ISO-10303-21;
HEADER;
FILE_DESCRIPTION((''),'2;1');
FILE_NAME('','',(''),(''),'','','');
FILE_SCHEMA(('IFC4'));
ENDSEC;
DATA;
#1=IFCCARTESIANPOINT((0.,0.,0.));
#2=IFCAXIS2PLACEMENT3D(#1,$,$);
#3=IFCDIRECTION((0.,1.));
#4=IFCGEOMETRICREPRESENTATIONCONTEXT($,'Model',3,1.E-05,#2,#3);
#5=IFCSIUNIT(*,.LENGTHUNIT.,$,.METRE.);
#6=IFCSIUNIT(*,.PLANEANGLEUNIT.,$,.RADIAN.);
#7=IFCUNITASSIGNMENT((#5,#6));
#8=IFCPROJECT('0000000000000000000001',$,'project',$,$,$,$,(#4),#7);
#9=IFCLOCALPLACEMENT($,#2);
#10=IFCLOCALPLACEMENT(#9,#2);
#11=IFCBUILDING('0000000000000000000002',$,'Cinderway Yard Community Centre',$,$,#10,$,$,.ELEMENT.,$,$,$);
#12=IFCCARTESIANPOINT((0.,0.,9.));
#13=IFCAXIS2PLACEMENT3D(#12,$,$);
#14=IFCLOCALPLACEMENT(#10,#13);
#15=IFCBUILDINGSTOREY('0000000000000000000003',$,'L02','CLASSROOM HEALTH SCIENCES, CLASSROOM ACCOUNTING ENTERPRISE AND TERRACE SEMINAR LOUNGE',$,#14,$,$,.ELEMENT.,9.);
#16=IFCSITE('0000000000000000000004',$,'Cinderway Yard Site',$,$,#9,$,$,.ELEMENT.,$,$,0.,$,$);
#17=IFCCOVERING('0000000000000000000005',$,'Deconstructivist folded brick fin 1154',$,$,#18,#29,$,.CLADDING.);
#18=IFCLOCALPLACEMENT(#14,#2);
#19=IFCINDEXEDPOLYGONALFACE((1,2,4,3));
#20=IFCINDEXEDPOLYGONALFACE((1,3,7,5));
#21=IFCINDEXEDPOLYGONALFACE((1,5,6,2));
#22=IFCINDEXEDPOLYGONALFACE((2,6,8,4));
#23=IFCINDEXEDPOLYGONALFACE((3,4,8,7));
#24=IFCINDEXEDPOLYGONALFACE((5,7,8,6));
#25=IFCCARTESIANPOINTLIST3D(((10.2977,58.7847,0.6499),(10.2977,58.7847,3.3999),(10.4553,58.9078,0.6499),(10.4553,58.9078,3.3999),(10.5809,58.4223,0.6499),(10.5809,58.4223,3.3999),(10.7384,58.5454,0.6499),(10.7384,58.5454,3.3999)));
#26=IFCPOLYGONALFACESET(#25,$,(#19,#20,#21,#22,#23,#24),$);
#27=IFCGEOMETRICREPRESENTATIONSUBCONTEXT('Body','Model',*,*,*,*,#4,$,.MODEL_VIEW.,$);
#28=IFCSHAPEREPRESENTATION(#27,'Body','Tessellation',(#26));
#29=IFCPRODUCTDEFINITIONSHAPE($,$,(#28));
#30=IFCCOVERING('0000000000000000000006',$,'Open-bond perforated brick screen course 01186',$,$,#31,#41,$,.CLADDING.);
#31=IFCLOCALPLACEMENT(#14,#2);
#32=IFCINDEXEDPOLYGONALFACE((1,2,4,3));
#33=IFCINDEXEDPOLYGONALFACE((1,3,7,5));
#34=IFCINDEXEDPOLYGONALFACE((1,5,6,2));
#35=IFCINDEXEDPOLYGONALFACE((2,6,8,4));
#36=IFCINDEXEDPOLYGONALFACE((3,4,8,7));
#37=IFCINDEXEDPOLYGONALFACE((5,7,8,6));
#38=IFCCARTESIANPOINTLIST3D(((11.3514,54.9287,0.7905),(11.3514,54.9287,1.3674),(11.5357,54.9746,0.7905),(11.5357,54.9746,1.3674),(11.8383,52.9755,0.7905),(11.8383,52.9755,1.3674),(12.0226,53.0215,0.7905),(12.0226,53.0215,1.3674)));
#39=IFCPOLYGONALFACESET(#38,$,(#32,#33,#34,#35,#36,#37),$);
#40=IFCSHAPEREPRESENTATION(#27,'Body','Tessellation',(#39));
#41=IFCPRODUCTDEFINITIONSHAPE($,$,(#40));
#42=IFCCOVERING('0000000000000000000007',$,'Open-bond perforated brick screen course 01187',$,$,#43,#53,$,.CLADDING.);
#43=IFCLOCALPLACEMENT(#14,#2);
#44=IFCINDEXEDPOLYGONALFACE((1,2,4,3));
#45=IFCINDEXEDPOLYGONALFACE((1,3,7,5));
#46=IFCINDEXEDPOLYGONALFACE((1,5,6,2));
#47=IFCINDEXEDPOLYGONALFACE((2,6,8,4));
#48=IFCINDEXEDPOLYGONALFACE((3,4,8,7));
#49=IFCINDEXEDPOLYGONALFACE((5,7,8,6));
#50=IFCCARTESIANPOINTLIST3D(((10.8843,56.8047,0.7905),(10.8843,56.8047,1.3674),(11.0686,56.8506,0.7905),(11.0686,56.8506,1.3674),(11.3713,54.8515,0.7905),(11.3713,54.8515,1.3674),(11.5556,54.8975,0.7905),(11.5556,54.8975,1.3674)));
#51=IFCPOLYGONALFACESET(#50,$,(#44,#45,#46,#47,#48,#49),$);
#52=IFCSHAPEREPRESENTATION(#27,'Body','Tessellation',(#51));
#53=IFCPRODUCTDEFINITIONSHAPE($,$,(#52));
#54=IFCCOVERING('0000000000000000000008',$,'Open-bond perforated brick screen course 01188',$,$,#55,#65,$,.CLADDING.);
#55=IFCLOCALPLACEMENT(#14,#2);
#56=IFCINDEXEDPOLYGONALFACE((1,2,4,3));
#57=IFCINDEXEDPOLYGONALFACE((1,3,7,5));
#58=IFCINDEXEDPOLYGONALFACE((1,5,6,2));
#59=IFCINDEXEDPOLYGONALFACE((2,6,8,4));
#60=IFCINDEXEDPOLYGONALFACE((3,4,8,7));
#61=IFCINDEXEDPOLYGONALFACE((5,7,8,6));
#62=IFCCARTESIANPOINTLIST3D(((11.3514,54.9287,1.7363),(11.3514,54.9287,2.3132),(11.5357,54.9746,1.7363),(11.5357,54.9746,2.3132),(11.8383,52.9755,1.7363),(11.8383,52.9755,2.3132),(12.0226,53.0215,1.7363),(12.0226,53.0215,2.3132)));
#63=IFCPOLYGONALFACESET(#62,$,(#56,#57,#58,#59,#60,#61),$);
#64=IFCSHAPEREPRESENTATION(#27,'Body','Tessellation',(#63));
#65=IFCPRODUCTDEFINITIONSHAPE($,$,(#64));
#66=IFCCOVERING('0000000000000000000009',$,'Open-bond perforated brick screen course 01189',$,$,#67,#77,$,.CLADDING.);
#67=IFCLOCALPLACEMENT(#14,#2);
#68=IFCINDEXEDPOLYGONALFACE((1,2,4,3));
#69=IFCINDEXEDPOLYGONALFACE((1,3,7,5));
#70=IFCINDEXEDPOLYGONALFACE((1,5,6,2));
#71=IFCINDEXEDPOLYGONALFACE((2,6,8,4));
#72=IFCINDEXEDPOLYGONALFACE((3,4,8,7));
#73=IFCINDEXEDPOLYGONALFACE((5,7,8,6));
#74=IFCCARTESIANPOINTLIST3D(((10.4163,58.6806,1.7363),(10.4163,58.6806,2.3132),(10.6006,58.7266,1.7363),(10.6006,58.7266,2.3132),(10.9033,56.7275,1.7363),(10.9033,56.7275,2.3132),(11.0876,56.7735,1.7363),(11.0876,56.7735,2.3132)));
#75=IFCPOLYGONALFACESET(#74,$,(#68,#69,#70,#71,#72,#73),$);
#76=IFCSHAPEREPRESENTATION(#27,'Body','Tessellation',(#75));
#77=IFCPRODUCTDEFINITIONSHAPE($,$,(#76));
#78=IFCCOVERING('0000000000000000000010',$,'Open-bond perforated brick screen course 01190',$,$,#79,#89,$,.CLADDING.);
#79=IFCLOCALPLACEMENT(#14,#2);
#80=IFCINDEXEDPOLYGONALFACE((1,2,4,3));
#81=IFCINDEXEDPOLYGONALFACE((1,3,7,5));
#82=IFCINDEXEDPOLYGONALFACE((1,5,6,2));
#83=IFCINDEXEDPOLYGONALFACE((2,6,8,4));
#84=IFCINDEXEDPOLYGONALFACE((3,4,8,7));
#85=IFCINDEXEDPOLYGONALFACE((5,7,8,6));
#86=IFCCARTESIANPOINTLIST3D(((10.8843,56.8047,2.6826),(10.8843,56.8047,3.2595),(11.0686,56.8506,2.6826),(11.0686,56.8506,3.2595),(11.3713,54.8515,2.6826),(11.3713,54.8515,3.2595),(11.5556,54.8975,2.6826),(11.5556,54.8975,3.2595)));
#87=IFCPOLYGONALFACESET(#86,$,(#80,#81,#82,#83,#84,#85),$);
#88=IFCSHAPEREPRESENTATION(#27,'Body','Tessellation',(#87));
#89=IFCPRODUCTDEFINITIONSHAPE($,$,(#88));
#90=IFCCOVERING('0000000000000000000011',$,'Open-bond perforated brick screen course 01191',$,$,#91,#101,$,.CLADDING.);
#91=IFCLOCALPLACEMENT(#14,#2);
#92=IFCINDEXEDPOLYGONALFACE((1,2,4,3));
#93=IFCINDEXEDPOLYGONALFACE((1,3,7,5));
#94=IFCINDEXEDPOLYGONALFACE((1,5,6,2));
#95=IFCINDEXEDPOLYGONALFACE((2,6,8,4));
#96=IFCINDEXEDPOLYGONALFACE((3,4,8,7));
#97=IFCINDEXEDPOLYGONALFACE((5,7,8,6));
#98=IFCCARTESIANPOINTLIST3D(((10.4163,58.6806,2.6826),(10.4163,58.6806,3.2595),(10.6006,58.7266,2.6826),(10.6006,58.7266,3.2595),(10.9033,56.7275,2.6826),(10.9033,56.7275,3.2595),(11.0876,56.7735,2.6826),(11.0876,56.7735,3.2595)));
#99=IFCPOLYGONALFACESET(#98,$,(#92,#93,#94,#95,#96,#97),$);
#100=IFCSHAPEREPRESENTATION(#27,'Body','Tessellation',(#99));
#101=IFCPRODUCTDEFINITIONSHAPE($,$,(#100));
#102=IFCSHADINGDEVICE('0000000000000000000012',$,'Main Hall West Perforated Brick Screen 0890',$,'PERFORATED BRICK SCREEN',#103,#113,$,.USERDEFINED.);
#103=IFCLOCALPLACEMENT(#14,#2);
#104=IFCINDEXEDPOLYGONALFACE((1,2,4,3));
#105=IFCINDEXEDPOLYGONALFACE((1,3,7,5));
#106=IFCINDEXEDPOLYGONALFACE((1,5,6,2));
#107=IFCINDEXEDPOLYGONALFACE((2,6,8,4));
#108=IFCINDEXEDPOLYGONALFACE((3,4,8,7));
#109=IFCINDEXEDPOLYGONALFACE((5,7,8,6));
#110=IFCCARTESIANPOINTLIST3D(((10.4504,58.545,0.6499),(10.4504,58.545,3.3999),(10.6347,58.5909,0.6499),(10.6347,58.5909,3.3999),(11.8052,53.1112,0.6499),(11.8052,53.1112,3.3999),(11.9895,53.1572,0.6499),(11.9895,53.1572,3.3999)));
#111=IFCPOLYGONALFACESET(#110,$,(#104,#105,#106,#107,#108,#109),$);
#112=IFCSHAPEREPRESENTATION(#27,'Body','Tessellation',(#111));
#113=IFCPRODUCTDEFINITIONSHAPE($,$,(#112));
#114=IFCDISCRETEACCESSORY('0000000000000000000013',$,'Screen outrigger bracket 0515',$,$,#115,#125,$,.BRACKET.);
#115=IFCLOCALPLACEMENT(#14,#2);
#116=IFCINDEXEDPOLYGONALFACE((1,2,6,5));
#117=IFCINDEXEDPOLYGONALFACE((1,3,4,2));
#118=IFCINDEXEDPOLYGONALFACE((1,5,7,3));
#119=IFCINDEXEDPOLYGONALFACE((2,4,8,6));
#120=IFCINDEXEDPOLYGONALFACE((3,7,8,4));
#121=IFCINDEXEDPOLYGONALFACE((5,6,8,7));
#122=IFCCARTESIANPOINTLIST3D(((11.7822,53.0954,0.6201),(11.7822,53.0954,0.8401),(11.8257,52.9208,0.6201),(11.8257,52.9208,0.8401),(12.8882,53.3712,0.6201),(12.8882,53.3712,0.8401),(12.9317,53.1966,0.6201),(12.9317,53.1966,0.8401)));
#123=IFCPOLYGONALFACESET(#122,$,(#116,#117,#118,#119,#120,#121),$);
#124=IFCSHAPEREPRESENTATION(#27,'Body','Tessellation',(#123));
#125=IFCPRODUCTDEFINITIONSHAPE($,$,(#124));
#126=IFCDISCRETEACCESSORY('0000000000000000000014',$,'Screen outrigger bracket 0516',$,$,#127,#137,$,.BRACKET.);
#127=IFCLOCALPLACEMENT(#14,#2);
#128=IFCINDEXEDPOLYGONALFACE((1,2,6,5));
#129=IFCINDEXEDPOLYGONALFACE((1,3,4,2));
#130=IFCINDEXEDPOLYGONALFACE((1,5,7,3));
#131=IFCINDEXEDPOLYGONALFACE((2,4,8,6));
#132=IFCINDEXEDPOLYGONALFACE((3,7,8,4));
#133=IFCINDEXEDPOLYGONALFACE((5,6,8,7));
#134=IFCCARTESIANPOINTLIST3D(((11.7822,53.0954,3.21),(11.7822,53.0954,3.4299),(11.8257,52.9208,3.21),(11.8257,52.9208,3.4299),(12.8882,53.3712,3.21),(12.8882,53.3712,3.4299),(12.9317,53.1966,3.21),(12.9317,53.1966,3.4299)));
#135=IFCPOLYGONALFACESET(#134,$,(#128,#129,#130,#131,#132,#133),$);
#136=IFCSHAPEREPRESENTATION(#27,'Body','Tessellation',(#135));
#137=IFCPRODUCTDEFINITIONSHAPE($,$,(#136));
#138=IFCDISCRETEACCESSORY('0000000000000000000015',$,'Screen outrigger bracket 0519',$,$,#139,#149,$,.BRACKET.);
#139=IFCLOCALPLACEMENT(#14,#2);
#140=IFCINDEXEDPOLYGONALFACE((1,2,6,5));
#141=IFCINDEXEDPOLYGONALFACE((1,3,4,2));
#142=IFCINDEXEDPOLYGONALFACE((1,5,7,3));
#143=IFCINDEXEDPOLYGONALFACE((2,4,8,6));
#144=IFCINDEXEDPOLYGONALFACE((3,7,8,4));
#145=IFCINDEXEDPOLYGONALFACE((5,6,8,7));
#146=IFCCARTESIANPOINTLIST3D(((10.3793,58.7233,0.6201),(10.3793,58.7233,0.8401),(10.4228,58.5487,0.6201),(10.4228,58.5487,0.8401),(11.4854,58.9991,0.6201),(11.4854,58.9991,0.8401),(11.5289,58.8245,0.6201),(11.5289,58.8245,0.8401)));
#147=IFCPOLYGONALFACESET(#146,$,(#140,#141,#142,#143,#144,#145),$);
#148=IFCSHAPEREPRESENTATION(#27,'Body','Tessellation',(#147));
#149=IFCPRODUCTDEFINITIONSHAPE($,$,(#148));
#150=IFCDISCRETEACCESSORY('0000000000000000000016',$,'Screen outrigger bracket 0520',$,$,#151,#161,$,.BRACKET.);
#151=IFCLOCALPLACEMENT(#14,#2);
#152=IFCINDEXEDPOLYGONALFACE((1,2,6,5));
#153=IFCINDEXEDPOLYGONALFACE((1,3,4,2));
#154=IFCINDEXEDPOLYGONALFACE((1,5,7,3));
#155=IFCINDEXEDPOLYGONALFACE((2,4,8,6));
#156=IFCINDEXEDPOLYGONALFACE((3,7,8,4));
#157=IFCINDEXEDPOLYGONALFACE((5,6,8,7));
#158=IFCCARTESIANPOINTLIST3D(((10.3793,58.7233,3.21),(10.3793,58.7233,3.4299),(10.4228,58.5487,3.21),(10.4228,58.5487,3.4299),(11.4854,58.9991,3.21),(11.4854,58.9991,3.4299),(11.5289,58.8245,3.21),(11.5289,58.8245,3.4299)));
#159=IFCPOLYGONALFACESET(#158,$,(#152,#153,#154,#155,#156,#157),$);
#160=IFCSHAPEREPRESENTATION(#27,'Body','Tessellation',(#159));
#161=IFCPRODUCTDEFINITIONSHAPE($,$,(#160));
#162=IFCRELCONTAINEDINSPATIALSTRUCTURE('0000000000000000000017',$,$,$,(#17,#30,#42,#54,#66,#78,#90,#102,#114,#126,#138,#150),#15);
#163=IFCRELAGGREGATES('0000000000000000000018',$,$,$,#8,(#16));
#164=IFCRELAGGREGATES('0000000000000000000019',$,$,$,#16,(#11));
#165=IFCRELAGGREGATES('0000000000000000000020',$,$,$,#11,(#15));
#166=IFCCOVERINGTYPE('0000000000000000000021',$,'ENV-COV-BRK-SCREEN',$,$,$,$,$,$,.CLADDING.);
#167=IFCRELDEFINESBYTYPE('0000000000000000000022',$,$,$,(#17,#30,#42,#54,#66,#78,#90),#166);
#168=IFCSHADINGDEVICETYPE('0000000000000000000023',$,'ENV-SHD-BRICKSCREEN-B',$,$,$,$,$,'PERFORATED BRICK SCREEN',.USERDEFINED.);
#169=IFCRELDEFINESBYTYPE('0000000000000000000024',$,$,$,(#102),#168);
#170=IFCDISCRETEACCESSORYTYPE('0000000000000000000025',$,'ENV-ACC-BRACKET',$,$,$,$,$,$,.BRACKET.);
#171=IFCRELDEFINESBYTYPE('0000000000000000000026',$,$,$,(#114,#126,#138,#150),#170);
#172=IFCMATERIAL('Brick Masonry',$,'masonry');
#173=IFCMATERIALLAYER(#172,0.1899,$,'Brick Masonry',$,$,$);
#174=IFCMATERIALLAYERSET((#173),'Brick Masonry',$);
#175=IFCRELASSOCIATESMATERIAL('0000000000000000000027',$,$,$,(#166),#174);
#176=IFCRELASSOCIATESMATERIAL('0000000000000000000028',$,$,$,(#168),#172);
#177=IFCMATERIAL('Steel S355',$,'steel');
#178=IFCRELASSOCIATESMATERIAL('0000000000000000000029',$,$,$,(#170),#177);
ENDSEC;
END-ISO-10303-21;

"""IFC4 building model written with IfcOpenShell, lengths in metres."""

from ifc_helpers import new_model, si_unit, direction, frame, origin, origin_2d, place, context, subcontext, project, spatial, rectangle, extrude, material, layer, layer_set, type_object, element, save


model = new_model("IFC4")

# Units and contexts
model_context = context("Model", 3, precision=1e-05, world=origin(), true_north=direction((0.0, 1.0)))
body_context = subcontext(model_context, "Body", "Model", "MODEL_VIEW")
ifc_project = project(units=[si_unit("LENGTHUNIT", "METRE"), si_unit("PLANEANGLEUNIT", "RADIAN")], contexts=[model_context])

# Site, building, storey
site_placement = place(None, origin())
site = spatial("IfcSite", under=ifc_project, at=site_placement, Name="Cinderway Yard Site", CompositionType="ELEMENT", RefElevation=0.0)
building_placement = place(site_placement, origin())
building = spatial("IfcBuilding", under=site, at=building_placement, Name="Cinderway Yard Community Centre", CompositionType="ELEMENT")
storey_placement = place(building_placement, frame((0.0, 0.0, 9.0)))
storey = spatial("IfcBuildingStorey", under=building, at=storey_placement, Name="L02", Description="CLASSROOM HEALTH SCIENCES, CLASSROOM ACCOUNTING ENTERPRISE AND TERRACE SEMINAR LOUNGE", CompositionType="ELEMENT", Elevation=9.0)

# Shared definitions
ifc_material_1 = material(Name="Steel S355", Category="steel")

# Shared definitions
ifc_material_2 = material(Name="Brick Masonry", Category="masonry")

# Coverings
ifc_layer_1 = layer(ifc_material_2, 0.1899, Name="Brick Masonry")
ifc_layer_set_1 = layer_set([ifc_layer_1], Name="Brick Masonry")
covering_type = type_object("IfcCoveringType", Name="ENV-COV-BRK-SCREEN", PredefinedType="CLADDING", material=ifc_layer_set_1)
for number, where, z_axis, x_axis, name in (
    (1, (10.5181, 58.665, 0.6499), (0.0, 0.0, 1.0), (-0.615661, 0.788011, 0.0), "Deconstructivist folded brick fin 1154"),
):
    element("IfcCovering", number, at=place(storey_placement, frame(where, z_axis=z_axis, x_axis=x_axis)), inside=storey, type_object=covering_type, Name=name, PredefinedType="CLADDING", context=body_context, shape_type="SweptSolid", body=[
        extrude(rectangle(XDim=0.46, YDim=0.2, at=origin_2d()), origin(), (0.0, 0.0, 1.0), 2.75),
    ])
for number, where, z_axis, x_axis, name in (
    (2, (11.687, 53.9751, 0.7905), (0.0, 0.0, 1.0), (-0.241922, 0.970296, 0.0), "Open-bond perforated brick screen course 01186"),
    (3, (11.22, 55.8511, 0.7905), (0.0, 0.0, 1.0), (-0.241922, 0.970296, 0.0), "Open-bond perforated brick screen course 01187"),
    (4, (11.687, 53.9751, 1.7363), (0.0, 0.0, 1.0), (-0.241922, 0.970296, 0.0), "Open-bond perforated brick screen course 01188"),
    (5, (10.752, 57.7271, 1.7363), (0.0, 0.0, 1.0), (-0.241922, 0.970296, 0.0), "Open-bond perforated brick screen course 01189"),
    (6, (11.22, 55.8511, 2.6826), (0.0, 0.0, 1.0), (-0.241922, 0.970296, 0.0), "Open-bond perforated brick screen course 01190"),
    (7, (10.752, 57.7271, 2.6826), (0.0, 0.0, 1.0), (-0.241922, 0.970296, 0.0), "Open-bond perforated brick screen course 01191"),
):
    element("IfcCovering", number, at=place(storey_placement, frame(where, z_axis=z_axis, x_axis=x_axis)), inside=storey, type_object=covering_type, Name=name, PredefinedType="CLADDING", context=body_context, shape_type="SweptSolid", body=[
        extrude(rectangle(XDim=2.0129, YDim=0.1899, at=origin_2d()), origin(), (0.0, 0.0, 1.0), 0.5769),
    ])

# Shading device
shading_device_type = type_object("IfcShadingDeviceType", Name="ENV-SHD-BRICKSCREEN-B", ElementType="PERFORATED BRICK SCREEN", PredefinedType="USERDEFINED", material=ifc_material_2)
shading_device_placement = place(storey_placement, frame((11.22, 55.8511, 0.6499), z_axis=(0.0, 0.0, 1.0), x_axis=(-0.241922, 0.970296, 0.0)))
element("IfcShadingDevice", 8, at=shading_device_placement, inside=storey, type_object=shading_device_type, Name="Main Hall West Perforated Brick Screen 0890", ObjectType="PERFORATED BRICK SCREEN", PredefinedType="USERDEFINED", context=body_context, shape_type="SweptSolid", body=[
    extrude(rectangle(XDim=5.6001, YDim=0.1899, at=origin_2d()), origin(), (0.0, 0.0, 1.0), 2.75),
])

# Discrete accessories
discrete_accessory_type = type_object("IfcDiscreteAccessoryType", Name="ENV-ACC-BRACKET", PredefinedType="BRACKET", material=ifc_material_1)
for number, where, z_axis, x_axis, name in (
    (9, (12.3569, 53.146, 0.6201), (0.0, 0.0, 1.0), (-0.970296, -0.241922, 0.0), "Screen outrigger bracket 0515"),
    (10, (12.3569, 53.146, 3.21), (0.0, 0.0, 1.0), (-0.970296, -0.241922, 0.0), "Screen outrigger bracket 0516"),
    (11, (10.9541, 58.7739, 0.6201), (0.0, 0.0, 1.0), (-0.970296, -0.241922, 0.0), "Screen outrigger bracket 0519"),
    (12, (10.9541, 58.7739, 3.21), (0.0, 0.0, 1.0), (-0.970296, -0.241922, 0.0), "Screen outrigger bracket 0520"),
):
    element("IfcDiscreteAccessory", number, at=place(storey_placement, frame(where, z_axis=z_axis, x_axis=x_axis)), inside=storey, type_object=discrete_accessory_type, Name=name, PredefinedType="BRACKET", context=body_context, shape_type="SweptSolid", body=[
        extrude(rectangle(XDim=1.1399, YDim=0.1799, at=origin_2d()), origin(), (0.0, 0.0, 1.0), 0.22),
    ])

save(model, "model.ifc")
